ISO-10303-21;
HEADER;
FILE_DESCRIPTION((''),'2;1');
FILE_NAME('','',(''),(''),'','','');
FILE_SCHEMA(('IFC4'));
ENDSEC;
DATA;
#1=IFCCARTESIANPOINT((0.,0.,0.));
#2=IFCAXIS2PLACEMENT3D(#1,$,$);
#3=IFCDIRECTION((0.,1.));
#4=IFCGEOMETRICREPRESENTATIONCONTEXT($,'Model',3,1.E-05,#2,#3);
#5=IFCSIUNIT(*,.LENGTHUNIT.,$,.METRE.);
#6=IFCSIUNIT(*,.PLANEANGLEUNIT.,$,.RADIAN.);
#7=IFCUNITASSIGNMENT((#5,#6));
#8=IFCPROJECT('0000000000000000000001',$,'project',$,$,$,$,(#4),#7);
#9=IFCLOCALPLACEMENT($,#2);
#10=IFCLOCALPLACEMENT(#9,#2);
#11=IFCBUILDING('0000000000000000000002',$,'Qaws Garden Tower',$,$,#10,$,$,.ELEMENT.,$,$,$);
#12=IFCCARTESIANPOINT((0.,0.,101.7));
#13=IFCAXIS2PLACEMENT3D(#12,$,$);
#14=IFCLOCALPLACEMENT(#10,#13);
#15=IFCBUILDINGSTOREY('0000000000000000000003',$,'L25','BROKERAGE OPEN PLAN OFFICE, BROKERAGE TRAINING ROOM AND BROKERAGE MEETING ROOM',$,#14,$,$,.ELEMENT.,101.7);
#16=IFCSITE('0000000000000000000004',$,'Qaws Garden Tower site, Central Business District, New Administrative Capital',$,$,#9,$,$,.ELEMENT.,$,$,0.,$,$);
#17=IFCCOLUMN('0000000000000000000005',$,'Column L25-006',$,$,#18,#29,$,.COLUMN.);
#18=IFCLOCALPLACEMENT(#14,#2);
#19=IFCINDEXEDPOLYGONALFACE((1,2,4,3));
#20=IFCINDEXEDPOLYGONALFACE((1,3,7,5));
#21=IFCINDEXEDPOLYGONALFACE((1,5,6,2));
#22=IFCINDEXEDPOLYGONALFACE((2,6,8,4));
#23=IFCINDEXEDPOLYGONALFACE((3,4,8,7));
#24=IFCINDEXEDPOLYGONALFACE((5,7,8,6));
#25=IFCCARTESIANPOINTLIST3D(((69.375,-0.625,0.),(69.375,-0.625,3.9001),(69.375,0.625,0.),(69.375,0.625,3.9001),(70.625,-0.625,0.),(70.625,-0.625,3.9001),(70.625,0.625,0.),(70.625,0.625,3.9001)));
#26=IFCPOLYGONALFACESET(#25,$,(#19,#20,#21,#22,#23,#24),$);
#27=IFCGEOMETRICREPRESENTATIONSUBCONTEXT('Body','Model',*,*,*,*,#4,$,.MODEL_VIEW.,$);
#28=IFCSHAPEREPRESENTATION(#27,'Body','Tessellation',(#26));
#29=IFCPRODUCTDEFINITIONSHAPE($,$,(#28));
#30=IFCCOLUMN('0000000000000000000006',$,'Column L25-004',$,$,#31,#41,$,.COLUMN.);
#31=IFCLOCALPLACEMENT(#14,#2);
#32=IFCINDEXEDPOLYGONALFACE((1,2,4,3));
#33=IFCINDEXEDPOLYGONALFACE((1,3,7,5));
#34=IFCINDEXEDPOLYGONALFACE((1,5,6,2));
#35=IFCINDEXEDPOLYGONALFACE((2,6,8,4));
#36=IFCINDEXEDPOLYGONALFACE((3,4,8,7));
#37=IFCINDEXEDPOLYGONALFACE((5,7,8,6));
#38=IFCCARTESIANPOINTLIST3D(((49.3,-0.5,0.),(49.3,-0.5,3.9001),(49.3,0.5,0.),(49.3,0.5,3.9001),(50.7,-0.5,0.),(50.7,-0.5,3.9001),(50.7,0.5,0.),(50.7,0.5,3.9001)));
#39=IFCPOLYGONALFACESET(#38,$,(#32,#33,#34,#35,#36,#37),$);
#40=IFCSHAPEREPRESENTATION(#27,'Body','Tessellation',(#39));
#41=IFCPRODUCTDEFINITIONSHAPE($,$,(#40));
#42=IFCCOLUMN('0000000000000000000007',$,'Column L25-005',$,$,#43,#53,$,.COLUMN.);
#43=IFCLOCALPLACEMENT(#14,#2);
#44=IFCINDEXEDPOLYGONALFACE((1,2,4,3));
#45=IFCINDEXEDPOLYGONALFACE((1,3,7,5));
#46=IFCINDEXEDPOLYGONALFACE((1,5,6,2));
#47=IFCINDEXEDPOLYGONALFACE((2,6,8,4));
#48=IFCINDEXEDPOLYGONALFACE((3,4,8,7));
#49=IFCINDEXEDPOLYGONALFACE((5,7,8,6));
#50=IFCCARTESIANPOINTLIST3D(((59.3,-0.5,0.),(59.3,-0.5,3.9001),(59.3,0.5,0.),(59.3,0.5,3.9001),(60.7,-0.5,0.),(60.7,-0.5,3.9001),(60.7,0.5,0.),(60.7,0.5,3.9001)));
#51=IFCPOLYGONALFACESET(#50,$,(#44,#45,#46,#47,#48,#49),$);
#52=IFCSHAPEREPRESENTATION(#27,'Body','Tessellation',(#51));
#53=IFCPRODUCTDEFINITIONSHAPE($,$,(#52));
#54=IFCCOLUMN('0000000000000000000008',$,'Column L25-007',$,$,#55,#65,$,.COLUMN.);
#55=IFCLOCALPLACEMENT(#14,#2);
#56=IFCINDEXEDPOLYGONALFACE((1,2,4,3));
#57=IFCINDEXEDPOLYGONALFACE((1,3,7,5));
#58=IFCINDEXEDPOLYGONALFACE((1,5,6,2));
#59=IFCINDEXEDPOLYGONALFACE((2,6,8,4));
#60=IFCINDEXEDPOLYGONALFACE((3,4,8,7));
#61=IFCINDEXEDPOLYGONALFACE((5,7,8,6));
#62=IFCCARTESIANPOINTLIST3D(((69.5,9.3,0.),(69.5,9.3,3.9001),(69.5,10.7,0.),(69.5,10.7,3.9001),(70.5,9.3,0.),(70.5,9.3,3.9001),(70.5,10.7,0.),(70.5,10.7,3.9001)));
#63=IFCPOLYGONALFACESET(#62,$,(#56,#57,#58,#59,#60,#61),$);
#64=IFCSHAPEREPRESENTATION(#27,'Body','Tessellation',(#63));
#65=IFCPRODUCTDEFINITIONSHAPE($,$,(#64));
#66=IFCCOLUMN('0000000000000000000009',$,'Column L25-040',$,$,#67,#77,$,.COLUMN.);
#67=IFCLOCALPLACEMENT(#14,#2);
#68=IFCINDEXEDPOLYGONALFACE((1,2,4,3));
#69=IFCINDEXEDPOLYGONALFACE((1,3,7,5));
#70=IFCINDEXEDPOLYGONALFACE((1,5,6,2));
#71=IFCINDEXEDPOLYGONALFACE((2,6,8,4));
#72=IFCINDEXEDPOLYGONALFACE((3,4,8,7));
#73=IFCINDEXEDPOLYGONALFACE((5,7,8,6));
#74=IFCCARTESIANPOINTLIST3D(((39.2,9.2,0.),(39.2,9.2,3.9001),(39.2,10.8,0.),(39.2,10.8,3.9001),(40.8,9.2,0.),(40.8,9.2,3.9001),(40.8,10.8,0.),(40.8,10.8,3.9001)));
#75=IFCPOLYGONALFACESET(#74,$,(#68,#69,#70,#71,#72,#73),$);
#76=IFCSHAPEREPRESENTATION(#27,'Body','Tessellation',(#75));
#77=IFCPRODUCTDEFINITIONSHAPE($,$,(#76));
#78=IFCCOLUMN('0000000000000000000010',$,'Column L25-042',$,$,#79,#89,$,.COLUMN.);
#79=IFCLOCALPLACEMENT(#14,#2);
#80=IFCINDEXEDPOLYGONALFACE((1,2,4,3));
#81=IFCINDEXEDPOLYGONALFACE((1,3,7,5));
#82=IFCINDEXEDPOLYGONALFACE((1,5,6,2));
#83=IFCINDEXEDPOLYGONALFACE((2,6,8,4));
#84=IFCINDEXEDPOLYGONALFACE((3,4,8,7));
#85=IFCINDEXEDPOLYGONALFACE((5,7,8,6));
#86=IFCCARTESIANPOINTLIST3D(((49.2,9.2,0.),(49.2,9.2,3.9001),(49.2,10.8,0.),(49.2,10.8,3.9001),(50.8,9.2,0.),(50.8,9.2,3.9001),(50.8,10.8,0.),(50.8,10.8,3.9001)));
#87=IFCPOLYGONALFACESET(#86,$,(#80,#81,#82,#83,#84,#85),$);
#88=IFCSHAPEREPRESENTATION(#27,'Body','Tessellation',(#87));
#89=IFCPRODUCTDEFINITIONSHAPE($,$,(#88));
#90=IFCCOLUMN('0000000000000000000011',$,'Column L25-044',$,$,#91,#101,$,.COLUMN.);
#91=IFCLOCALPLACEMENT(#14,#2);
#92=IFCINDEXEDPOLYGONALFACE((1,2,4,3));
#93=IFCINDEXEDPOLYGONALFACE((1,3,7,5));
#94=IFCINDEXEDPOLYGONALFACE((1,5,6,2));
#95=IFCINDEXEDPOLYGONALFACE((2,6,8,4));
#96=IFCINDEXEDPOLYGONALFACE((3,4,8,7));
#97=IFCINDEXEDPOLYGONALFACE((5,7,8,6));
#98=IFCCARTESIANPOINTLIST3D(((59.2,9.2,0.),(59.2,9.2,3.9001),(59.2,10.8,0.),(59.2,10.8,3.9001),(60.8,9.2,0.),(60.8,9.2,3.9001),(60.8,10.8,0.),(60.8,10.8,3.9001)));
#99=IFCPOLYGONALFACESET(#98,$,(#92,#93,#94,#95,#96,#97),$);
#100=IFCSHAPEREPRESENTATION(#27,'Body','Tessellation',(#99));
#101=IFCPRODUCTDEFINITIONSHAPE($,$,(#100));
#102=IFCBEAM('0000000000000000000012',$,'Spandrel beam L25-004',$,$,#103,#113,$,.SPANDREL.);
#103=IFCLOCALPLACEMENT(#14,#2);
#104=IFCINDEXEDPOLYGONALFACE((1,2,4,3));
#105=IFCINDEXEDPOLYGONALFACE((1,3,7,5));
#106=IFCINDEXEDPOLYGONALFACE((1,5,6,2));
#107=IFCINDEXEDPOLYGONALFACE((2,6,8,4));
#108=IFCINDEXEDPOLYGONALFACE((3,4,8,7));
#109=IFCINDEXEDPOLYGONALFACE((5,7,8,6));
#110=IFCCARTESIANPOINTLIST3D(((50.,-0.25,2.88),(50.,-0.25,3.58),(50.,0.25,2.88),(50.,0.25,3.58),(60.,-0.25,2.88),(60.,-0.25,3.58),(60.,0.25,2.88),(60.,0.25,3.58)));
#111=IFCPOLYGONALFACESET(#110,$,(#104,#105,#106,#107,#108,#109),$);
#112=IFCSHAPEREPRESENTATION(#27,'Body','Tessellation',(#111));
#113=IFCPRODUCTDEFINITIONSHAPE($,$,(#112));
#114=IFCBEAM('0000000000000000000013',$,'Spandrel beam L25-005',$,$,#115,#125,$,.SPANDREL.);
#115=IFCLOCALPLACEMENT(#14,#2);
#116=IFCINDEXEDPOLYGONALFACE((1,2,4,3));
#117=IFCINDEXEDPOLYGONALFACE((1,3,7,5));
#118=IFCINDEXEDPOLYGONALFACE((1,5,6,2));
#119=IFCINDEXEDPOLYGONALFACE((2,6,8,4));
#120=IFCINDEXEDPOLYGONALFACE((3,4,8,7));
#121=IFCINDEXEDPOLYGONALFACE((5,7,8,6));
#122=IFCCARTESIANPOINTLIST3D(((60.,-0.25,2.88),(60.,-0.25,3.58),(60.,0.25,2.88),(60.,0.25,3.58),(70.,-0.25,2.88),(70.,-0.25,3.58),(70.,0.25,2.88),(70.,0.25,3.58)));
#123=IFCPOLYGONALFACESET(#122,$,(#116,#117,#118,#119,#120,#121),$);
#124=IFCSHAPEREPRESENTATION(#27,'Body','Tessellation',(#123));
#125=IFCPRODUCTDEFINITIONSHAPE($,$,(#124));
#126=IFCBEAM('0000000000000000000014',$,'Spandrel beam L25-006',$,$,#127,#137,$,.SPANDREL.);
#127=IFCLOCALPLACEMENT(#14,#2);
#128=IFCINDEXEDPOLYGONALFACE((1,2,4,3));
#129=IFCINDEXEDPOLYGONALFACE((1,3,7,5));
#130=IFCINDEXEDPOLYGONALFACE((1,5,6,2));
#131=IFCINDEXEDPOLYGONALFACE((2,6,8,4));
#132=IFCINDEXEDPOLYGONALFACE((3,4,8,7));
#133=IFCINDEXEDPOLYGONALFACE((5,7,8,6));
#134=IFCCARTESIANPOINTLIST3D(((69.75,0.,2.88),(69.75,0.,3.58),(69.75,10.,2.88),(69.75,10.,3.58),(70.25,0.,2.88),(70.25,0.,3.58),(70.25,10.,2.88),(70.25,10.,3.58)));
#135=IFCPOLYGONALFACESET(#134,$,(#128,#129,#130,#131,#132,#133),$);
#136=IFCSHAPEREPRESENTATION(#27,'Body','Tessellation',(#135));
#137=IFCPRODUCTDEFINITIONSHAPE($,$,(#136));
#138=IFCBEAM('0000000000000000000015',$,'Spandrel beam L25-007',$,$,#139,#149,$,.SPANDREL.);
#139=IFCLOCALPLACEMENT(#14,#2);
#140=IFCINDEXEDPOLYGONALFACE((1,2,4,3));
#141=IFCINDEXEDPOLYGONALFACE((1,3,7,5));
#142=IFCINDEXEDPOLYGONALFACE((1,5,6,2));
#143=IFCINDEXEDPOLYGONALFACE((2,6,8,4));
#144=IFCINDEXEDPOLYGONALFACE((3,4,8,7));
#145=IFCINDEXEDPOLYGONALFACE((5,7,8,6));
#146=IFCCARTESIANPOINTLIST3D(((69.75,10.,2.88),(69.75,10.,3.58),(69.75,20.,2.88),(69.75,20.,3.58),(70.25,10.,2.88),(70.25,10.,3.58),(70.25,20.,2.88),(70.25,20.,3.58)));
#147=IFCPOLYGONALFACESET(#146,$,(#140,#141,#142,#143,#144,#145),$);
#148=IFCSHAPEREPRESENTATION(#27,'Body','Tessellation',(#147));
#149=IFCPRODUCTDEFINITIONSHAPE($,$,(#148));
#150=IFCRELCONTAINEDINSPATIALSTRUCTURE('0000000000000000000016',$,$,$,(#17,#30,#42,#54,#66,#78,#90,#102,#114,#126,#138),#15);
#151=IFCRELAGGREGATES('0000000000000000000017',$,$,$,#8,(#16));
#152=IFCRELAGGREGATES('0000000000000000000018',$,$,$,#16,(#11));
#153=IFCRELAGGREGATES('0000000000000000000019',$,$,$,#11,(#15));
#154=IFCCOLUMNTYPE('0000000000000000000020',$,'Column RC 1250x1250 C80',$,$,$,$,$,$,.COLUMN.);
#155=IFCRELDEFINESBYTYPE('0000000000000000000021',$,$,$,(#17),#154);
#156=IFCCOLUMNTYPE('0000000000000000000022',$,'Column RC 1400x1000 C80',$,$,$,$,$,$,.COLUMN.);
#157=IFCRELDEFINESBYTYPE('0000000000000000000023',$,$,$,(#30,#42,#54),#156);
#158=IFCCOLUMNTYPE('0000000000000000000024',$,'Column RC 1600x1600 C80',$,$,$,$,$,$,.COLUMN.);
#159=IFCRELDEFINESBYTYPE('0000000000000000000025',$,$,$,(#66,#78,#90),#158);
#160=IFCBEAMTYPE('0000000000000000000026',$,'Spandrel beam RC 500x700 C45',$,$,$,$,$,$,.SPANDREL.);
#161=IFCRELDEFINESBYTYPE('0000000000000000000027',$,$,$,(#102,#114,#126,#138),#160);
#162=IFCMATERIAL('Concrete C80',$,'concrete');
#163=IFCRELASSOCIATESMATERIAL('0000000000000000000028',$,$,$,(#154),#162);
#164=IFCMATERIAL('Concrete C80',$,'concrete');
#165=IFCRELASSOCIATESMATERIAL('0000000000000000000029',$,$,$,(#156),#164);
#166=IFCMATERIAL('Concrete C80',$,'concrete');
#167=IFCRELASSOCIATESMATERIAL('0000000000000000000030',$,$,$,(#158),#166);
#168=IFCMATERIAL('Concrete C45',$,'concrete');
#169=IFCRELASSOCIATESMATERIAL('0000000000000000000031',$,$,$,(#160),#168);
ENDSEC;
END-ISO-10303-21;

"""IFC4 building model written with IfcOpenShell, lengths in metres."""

from ifc_helpers import new_model, si_unit, direction, frame, origin, origin_2d, place, context, subcontext, project, spatial, rectangle, extrude, material, material_profile, profile_set, type_object, element, save


model = new_model("IFC4")

# Units and contexts
model_context = context("Model", 3, precision=1e-05, world=origin(), true_north=direction((0.0, 1.0)))
body_context = subcontext(model_context, "Body", "Model", "MODEL_VIEW")
ifc_project = project(units=[si_unit("LENGTHUNIT", "METRE"), si_unit("PLANEANGLEUNIT", "RADIAN")], contexts=[model_context])

# Site, building, storey
site_placement = place(None, origin())
site = spatial("IfcSite", under=ifc_project, at=site_placement, Name="Qaws Garden Tower site, Central Business District, New Administrative Capital", CompositionType="ELEMENT", RefElevation=0.0)
building_placement = place(site_placement, origin())
building = spatial("IfcBuilding", under=site, at=building_placement, Name="Qaws Garden Tower", CompositionType="ELEMENT")
storey_placement = place(building_placement, frame((0.0, 0.0, 101.7)))
storey = spatial("IfcBuildingStorey", under=building, at=storey_placement, Name="L25", Description="BROKERAGE OPEN PLAN OFFICE, BROKERAGE TRAINING ROOM AND BROKERAGE MEETING ROOM", CompositionType="ELEMENT", Elevation=101.7)

# Columns
ifc_material_1 = material(Name="Concrete C80", Category="concrete")
ifc_material_profile_1 = material_profile(ifc_material_1, rectangle(XDim=1.25, YDim=1.25, at=origin_2d()), Name="RC 1250x1250")
ifc_profile_set_1 = profile_set([ifc_material_profile_1], Name="Concrete C80")
column_type_1 = type_object("IfcColumnType", Name="Column RC 1250x1250 C80", PredefinedType="COLUMN", material=ifc_profile_set_1)
column_placement = place(storey_placement, frame((70.0, 0.0, 0.0), z_axis=(0.0, 0.0, 1.0), x_axis=(1.0, 0.0, 0.0)))
element("IfcColumn", 1, at=column_placement, inside=storey, type_object=column_type_1, Name="Column L25-006", PredefinedType="COLUMN", context=body_context, shape_type="SweptSolid", body=[
    extrude(rectangle(XDim=1.25, YDim=1.25, at=origin_2d()), origin(), (0.0, 0.0, 1.0), 3.9001),
])
ifc_material_2 = material(Name="Concrete C80", Category="concrete")
ifc_material_profile_2 = material_profile(ifc_material_2, rectangle(XDim=1.3999, YDim=1.0, at=origin_2d()), Name="RC 1400x1000")
ifc_profile_set_2 = profile_set([ifc_material_profile_2], Name="Concrete C80")
column_type_2 = type_object("IfcColumnType", Name="Column RC 1400x1000 C80", PredefinedType="COLUMN", material=ifc_profile_set_2)
for number, where, z_axis, x_axis, name in (
    (2, (50.0, 0.0, 0.0), (0.0, 0.0, 1.0), (1.0, 0.0, 0.0), "Column L25-004"),
    (3, (60.0, 0.0, 0.0), (0.0, 0.0, 1.0), (1.0, 0.0, 0.0), "Column L25-005"),
    (4, (70.0, 10.0, 0.0), (0.0, 0.0, 1.0), (0.0, 1.0, 0.0), "Column L25-007"),
):
    element("IfcColumn", number, at=place(storey_placement, frame(where, z_axis=z_axis, x_axis=x_axis)), inside=storey, type_object=column_type_2, Name=name, PredefinedType="COLUMN", context=body_context, shape_type="SweptSolid", body=[
        extrude(rectangle(XDim=1.3999, YDim=1.0, at=origin_2d()), origin(), (0.0, 0.0, 1.0), 3.9001),
    ])
ifc_material_3 = material(Name="Concrete C80", Category="concrete")
ifc_material_profile_3 = material_profile(ifc_material_3, rectangle(XDim=1.6001, YDim=1.6001, at=origin_2d()), Name="RC 1600x1600")
ifc_profile_set_3 = profile_set([ifc_material_profile_3], Name="Concrete C80")
column_type_3 = type_object("IfcColumnType", Name="Column RC 1600x1600 C80", PredefinedType="COLUMN", material=ifc_profile_set_3)
for number, where, z_axis, x_axis, name in (
    (5, (40.0, 10.0, 0.0), (0.0, 0.0, 1.0), (1.0, 0.0, 0.0), "Column L25-040"),
    (6, (50.0, 10.0, 0.0), (0.0, 0.0, 1.0), (1.0, 0.0, 0.0), "Column L25-042"),
    (7, (60.0, 10.0, 0.0), (0.0, 0.0, 1.0), (1.0, 0.0, 0.0), "Column L25-044"),
):
    element("IfcColumn", number, at=place(storey_placement, frame(where, z_axis=z_axis, x_axis=x_axis)), inside=storey, type_object=column_type_3, Name=name, PredefinedType="COLUMN", context=body_context, shape_type="SweptSolid", body=[
        extrude(rectangle(XDim=1.6001, YDim=1.6001, at=origin_2d()), origin(), (0.0, 0.0, 1.0), 3.9001),
    ])

# Beams
ifc_material_4 = material(Name="Concrete C45", Category="concrete")
ifc_material_profile_4 = material_profile(ifc_material_4, rectangle(XDim=0.5, YDim=0.7, at=origin_2d()), Name="RC 500x700")
ifc_profile_set_4 = profile_set([ifc_material_profile_4], Name="Concrete C45")
beam_type = type_object("IfcBeamType", Name="Spandrel beam RC 500x700 C45", PredefinedType="SPANDREL", material=ifc_profile_set_4)
for number, where, z_axis, x_axis, name in (
    (8, (50.0, 0.0, 3.23), (1.0, 0.0, 0.0), (0.0, 1.0, 0.0), "Spandrel beam L25-004"),
    (9, (60.0, 0.0, 3.23), (1.0, 0.0, 0.0), (0.0, 1.0, 0.0), "Spandrel beam L25-005"),
    (10, (70.0, 0.0, 3.23), (0.0, 1.0, 0.0), (-1.0, 0.0, 0.0), "Spandrel beam L25-006"),
    (11, (70.0, 10.0, 3.23), (0.0, 1.0, 0.0), (-1.0, 0.0, 0.0), "Spandrel beam L25-007"),
):
    element("IfcBeam", number, at=place(storey_placement, frame(where, z_axis=z_axis, x_axis=x_axis)), inside=storey, type_object=beam_type, Name=name, PredefinedType="SPANDREL", context=body_context, shape_type="SweptSolid", body=[
        extrude(rectangle(XDim=0.5, YDim=0.7, at=origin_2d()), origin(), (0.0, 0.0, 1.0), 10.0),
    ])

save(model, "model.ifc")
